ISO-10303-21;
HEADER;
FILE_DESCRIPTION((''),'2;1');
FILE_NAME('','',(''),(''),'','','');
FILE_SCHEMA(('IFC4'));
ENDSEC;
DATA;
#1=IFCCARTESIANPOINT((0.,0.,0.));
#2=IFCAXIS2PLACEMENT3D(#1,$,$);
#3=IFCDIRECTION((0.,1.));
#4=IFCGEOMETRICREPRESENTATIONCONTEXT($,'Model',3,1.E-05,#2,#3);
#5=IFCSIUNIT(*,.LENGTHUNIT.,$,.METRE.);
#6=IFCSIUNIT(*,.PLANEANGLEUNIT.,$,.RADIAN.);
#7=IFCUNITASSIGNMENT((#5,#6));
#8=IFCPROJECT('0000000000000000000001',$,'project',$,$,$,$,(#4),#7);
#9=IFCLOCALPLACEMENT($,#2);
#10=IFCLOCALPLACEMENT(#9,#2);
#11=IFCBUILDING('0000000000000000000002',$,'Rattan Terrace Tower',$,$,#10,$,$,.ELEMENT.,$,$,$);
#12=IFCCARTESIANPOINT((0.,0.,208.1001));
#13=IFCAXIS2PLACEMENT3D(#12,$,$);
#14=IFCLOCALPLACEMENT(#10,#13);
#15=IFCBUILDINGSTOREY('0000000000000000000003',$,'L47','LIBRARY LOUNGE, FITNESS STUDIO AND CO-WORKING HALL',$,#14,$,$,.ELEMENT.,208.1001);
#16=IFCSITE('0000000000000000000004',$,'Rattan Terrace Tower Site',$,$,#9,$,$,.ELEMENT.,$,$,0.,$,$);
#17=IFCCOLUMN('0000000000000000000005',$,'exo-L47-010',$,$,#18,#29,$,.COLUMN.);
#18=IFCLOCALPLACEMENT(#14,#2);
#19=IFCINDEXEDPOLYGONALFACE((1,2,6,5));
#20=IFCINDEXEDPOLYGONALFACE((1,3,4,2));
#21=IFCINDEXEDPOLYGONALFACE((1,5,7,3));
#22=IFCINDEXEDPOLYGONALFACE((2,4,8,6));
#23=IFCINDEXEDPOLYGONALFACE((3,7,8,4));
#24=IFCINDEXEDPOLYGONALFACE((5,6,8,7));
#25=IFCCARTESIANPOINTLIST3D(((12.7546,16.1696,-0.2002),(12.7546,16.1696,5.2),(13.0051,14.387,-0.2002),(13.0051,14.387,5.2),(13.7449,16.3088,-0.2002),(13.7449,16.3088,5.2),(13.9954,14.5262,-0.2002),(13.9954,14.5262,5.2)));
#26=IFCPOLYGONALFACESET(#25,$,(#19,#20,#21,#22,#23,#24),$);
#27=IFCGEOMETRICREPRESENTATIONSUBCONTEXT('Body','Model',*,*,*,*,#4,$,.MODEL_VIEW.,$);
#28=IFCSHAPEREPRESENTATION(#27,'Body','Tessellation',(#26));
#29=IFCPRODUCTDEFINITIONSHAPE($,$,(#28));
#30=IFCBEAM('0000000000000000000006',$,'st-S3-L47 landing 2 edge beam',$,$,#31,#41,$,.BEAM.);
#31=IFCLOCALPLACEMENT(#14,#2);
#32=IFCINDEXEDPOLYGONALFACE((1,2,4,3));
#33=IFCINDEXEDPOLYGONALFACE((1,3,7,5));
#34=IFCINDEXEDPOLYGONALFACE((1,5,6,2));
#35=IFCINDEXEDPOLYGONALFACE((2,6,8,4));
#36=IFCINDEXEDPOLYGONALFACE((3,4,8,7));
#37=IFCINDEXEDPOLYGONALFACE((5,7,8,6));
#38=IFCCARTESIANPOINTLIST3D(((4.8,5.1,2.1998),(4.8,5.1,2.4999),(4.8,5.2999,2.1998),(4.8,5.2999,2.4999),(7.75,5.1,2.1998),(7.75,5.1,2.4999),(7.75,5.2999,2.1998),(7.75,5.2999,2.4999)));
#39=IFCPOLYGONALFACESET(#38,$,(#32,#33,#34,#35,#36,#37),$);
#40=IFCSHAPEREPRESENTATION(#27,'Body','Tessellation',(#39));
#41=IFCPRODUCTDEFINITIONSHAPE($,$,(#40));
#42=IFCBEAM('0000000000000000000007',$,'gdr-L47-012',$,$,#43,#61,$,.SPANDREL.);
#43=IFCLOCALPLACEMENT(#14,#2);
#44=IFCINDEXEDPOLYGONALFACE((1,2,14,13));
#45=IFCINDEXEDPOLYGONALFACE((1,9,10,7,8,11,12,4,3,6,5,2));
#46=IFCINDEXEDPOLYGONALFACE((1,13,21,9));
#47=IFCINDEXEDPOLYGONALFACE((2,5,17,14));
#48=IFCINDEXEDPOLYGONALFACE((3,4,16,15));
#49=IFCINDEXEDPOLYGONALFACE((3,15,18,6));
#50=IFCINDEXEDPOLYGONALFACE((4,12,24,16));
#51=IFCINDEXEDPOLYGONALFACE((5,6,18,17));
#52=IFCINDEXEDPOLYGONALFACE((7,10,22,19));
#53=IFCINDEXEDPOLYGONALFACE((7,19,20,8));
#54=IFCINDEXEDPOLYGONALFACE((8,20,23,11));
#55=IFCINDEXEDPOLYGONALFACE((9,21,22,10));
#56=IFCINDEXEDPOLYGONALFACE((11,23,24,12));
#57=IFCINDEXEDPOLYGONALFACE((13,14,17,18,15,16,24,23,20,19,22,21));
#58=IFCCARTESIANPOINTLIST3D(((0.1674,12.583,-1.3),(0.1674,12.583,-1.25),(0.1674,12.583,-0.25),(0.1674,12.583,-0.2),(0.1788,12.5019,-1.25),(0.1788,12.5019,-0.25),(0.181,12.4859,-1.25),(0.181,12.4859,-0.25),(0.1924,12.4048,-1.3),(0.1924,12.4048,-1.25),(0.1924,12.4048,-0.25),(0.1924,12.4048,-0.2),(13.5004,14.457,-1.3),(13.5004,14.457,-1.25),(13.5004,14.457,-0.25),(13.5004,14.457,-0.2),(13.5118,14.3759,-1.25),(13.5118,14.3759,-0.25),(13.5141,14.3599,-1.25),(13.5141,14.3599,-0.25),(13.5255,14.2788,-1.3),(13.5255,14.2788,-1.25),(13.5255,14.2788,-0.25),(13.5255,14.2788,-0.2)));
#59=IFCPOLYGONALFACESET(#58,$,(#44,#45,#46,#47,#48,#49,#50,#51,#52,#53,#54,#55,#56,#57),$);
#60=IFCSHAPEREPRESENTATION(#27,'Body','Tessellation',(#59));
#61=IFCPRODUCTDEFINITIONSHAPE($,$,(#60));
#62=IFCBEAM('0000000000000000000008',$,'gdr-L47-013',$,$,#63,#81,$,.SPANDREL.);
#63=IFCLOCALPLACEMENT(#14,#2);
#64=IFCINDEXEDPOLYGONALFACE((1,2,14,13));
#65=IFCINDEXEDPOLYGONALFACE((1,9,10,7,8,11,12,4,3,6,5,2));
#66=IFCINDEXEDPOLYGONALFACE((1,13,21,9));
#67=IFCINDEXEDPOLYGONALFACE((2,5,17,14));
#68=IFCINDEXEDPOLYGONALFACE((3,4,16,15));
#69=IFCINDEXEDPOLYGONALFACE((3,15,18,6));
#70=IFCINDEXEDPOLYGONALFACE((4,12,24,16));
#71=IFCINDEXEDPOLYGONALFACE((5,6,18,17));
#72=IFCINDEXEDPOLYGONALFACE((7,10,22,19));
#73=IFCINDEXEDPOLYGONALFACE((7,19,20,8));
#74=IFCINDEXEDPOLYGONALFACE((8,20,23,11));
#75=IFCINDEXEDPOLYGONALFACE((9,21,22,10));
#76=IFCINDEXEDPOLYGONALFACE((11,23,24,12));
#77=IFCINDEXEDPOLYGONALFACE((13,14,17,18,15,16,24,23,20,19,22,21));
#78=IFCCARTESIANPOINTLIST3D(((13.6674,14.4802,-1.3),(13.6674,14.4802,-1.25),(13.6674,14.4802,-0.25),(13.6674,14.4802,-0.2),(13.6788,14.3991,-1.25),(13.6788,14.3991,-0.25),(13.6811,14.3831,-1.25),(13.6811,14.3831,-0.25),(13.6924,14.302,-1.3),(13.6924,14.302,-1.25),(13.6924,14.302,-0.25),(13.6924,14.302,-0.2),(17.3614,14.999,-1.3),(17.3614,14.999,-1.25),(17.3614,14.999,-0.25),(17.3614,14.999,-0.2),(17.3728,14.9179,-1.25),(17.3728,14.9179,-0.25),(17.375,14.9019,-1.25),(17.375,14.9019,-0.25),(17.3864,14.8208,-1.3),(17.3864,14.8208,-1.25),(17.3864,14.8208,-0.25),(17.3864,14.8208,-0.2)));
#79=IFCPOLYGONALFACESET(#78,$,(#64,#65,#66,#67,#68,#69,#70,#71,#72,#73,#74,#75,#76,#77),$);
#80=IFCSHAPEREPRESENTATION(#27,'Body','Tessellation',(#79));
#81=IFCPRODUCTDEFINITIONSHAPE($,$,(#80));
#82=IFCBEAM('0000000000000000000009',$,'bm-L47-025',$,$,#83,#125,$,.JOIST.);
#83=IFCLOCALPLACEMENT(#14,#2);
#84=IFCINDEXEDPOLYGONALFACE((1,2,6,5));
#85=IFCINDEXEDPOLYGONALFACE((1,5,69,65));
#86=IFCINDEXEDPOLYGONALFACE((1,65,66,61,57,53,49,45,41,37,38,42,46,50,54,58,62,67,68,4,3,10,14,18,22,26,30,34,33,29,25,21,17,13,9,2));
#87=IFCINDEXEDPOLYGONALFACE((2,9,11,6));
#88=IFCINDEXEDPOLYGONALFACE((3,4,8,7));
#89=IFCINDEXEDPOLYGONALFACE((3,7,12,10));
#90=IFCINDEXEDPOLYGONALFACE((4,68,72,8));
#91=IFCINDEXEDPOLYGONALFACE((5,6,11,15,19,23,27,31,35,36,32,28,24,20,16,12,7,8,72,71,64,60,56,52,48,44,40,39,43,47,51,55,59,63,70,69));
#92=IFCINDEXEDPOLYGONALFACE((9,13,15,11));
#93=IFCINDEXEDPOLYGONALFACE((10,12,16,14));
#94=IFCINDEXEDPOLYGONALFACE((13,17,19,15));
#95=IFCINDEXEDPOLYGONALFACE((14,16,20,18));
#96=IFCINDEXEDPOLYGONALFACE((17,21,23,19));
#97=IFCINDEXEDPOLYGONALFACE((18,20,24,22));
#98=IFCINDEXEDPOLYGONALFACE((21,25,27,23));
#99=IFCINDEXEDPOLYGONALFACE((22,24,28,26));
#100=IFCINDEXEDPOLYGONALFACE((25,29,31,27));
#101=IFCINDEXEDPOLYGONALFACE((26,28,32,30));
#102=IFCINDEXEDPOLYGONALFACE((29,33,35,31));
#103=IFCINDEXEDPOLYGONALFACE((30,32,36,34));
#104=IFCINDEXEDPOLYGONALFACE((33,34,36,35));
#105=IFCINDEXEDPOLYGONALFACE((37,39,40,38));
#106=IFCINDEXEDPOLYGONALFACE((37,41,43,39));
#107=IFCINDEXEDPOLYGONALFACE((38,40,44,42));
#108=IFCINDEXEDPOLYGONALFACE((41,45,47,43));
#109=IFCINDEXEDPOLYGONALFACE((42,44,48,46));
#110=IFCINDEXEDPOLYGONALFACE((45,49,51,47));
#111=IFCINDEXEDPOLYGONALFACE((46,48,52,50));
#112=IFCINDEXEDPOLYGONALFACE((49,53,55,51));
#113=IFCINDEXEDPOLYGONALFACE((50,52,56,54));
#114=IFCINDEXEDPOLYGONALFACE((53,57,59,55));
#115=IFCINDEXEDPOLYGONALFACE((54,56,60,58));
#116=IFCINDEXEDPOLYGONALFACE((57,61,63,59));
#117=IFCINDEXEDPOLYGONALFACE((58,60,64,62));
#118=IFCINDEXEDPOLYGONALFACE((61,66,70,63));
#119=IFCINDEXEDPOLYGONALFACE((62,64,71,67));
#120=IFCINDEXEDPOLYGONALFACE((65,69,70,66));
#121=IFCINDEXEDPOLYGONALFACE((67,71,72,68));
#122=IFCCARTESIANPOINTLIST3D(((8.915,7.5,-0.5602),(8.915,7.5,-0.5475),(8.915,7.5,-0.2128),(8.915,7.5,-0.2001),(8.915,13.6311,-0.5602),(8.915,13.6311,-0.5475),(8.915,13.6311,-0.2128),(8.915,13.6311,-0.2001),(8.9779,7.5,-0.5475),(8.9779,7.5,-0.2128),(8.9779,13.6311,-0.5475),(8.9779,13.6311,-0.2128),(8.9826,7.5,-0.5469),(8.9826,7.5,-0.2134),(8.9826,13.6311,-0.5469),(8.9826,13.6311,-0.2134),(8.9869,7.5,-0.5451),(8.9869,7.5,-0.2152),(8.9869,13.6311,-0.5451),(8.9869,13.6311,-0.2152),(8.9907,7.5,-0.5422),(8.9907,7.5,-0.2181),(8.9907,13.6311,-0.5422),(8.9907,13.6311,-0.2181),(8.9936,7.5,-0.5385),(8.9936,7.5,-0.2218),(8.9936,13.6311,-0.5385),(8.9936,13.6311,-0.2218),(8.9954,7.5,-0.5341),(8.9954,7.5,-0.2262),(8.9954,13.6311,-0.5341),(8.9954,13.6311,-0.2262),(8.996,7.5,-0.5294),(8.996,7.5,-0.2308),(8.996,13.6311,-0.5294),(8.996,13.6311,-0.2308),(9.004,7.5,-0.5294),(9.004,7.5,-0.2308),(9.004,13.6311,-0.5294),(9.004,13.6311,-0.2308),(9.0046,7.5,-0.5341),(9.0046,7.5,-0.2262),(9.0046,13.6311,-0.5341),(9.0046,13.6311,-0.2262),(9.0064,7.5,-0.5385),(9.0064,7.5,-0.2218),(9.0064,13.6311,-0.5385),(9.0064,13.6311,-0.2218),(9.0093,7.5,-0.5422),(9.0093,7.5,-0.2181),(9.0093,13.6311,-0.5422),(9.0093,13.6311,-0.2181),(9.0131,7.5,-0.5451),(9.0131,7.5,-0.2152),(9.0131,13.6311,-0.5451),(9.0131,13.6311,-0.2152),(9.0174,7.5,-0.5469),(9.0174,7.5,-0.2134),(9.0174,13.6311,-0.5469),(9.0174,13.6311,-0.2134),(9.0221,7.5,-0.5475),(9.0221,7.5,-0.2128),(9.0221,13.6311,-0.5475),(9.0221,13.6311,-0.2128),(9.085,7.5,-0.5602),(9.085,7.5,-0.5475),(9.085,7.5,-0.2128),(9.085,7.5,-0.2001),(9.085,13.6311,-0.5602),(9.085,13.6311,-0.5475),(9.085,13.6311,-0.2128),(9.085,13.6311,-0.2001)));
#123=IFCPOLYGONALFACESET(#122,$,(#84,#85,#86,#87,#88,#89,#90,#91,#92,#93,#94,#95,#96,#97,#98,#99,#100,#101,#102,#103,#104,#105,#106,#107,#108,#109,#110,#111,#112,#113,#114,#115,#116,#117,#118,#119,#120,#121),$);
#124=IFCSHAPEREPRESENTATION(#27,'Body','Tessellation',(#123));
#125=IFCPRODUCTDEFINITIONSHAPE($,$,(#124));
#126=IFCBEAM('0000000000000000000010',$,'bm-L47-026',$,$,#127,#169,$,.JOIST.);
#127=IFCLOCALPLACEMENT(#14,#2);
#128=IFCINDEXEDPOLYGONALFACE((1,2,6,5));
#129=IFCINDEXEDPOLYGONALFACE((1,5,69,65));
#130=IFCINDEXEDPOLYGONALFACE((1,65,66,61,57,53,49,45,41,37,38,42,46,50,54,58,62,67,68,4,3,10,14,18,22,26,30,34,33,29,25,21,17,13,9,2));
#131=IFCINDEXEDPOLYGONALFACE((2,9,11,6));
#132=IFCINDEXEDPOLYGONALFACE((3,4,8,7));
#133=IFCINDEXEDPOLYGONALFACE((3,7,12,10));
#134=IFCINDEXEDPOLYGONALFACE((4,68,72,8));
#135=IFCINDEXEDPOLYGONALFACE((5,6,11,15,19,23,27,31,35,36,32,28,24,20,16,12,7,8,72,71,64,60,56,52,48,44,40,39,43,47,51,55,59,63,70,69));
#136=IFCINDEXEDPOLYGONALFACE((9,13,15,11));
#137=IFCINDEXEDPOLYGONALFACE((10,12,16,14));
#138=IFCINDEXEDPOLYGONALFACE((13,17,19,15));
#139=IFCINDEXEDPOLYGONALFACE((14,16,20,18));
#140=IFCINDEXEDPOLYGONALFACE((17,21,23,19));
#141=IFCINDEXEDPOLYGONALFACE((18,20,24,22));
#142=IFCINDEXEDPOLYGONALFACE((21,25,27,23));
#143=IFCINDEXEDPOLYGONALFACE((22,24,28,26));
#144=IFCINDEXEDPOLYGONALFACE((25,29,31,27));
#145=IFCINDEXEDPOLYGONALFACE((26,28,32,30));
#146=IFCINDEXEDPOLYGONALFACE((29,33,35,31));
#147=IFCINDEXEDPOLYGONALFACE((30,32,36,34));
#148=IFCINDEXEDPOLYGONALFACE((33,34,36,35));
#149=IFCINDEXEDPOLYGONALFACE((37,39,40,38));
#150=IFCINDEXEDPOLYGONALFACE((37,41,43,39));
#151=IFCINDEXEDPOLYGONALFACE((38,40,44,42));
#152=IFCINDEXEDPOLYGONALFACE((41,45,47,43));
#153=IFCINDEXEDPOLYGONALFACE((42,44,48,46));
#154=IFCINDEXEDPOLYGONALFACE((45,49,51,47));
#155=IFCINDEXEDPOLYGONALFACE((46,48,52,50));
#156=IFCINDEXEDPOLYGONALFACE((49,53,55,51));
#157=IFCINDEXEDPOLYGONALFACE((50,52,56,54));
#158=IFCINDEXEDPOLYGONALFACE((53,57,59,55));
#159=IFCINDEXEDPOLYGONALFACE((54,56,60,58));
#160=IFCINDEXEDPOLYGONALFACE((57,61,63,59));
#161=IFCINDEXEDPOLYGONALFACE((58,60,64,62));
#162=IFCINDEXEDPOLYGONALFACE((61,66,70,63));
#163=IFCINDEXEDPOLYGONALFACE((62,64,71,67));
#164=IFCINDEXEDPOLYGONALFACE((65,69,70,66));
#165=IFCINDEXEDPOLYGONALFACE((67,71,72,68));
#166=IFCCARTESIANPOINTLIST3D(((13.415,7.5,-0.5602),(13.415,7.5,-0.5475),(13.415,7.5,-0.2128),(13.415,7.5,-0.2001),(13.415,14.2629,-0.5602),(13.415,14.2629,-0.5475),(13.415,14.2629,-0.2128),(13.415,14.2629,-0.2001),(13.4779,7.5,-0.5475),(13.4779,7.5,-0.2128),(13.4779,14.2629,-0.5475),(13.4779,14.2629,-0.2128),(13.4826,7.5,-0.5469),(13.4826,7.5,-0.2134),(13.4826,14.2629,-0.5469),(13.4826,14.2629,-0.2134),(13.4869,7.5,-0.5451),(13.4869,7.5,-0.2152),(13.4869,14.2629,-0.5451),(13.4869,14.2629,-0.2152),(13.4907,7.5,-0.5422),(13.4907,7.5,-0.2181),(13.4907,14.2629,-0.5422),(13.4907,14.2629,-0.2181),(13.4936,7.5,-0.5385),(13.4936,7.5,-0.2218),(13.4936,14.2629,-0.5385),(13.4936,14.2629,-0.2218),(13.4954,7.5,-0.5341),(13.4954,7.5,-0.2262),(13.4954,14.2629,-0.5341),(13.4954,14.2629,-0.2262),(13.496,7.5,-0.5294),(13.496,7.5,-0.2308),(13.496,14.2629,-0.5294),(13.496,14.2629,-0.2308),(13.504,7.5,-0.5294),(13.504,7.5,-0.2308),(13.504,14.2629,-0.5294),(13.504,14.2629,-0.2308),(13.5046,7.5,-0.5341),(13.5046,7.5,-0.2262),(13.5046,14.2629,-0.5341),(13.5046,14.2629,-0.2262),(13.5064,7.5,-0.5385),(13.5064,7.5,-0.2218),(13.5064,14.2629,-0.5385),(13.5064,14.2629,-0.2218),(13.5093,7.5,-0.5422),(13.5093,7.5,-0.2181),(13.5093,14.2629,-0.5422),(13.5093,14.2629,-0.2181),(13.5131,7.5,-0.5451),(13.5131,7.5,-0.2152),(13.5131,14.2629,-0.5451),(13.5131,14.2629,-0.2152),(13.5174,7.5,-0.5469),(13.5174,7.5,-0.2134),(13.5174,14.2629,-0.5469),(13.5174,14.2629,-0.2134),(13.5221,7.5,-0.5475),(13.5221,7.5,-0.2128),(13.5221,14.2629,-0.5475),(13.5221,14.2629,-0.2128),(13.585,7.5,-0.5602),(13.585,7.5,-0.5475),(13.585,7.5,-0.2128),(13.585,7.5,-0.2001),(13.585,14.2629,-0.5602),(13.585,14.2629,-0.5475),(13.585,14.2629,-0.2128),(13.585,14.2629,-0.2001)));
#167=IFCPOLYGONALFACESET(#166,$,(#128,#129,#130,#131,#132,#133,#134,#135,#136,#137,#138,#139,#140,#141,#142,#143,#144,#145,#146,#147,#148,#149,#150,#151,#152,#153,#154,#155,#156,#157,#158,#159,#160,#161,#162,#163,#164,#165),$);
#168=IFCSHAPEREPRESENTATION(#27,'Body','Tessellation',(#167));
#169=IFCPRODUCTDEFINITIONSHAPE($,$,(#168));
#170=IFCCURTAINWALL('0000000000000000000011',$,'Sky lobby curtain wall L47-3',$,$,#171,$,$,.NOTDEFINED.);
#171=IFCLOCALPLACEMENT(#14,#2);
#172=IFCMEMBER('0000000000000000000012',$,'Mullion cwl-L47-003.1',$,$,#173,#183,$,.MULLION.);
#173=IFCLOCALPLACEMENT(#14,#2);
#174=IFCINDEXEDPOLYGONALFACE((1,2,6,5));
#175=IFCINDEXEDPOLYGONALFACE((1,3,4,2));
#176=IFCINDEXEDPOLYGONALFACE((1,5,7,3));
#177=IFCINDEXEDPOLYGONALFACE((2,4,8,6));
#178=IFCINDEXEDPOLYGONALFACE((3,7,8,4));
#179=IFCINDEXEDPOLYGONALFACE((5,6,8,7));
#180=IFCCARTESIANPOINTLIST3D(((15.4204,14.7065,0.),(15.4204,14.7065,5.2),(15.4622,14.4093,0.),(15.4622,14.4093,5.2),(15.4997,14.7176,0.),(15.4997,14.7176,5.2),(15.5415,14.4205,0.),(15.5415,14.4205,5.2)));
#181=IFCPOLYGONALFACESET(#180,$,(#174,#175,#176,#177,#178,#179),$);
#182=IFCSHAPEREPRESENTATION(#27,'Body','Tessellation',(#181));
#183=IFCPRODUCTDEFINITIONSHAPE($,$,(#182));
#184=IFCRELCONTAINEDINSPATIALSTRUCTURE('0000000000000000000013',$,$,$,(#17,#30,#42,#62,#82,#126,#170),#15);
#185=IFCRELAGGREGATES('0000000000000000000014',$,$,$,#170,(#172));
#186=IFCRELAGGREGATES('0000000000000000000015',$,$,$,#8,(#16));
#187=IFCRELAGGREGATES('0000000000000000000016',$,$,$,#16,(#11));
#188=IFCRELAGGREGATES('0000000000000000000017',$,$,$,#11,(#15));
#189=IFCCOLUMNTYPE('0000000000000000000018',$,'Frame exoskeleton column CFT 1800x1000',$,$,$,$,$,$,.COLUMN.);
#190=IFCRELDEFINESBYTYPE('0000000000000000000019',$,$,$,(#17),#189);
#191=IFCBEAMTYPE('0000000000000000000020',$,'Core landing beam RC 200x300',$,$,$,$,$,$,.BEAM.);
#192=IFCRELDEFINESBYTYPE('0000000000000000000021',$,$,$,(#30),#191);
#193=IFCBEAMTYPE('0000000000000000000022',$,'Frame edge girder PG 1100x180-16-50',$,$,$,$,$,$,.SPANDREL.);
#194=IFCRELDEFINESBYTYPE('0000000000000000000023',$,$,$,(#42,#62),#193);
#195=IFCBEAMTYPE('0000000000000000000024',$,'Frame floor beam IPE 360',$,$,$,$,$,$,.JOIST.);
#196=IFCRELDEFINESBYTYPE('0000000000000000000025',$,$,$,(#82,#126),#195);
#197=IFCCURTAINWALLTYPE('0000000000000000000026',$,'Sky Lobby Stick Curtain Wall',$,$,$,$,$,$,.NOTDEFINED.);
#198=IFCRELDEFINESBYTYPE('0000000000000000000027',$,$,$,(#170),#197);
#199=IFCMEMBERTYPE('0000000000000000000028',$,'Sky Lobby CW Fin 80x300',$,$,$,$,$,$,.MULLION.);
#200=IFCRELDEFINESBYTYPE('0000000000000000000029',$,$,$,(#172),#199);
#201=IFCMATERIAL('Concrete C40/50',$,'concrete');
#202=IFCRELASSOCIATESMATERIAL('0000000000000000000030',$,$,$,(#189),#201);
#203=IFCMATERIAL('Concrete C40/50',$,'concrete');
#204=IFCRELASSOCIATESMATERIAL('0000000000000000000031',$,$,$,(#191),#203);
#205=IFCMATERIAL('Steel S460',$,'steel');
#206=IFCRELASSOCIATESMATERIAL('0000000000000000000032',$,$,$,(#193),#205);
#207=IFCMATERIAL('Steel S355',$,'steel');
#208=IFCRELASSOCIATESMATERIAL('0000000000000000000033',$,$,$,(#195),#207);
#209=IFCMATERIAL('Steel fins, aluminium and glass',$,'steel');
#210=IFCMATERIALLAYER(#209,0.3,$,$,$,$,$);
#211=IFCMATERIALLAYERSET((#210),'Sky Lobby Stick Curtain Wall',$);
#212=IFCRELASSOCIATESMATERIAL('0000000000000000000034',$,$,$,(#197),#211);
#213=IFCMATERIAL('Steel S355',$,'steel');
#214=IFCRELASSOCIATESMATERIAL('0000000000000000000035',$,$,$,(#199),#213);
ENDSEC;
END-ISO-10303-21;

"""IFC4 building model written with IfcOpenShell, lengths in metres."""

from ifc_helpers import new_model, si_unit, direction, frame, origin, origin_2d, place, context, subcontext, project, spatial, rectangle, i_section, extrude, material, layer, layer_set, material_profile, profile_set, type_object, element, aggregate, save


model = new_model("IFC4")

# Units and contexts
model_context = context("Model", 3, precision=1e-05, world=origin(), true_north=direction((0.0, 1.0)))
body_context = subcontext(model_context, "Body", "Model", "MODEL_VIEW")
ifc_project = project(units=[si_unit("LENGTHUNIT", "METRE"), si_unit("PLANEANGLEUNIT", "RADIAN")], contexts=[model_context])

# Site, building, storey
site_placement = place(None, origin())
site = spatial("IfcSite", under=ifc_project, at=site_placement, Name="Rattan Terrace Tower Site", CompositionType="ELEMENT", RefElevation=0.0)
building_placement = place(site_placement, origin())
building = spatial("IfcBuilding", under=site, at=building_placement, Name="Rattan Terrace Tower", CompositionType="ELEMENT")
storey_placement = place(building_placement, frame((0.0, 0.0, 208.1001)))
storey = spatial("IfcBuildingStorey", under=building, at=storey_placement, Name="L47", Description="LIBRARY LOUNGE, FITNESS STUDIO AND CO-WORKING HALL", CompositionType="ELEMENT", Elevation=208.1001)

# Column
ifc_material_1 = material(Name="Concrete C40/50", Category="concrete")
ifc_material_profile_1 = material_profile(ifc_material_1, rectangle(XDim=1.0, YDim=1.8, at=origin_2d()), Name="CFT 1800x1000")
ifc_profile_set_1 = profile_set([ifc_material_profile_1], Name="Concrete C40/50")
column_type = type_object("IfcColumnType", Name="Frame exoskeleton column CFT 1800x1000", PredefinedType="COLUMN", material=ifc_profile_set_1)
column_placement = place(storey_placement, frame((13.375, 15.3479, -0.2002), z_axis=(0.0, 0.0, 1.0), x_axis=(0.990268, 0.139173, 0.0)))
element("IfcColumn", 1, at=column_placement, inside=storey, type_object=column_type, Name="exo-L47-010", PredefinedType="COLUMN", context=body_context, shape_type="SweptSolid", body=[
    extrude(rectangle(XDim=1.0, YDim=1.8, at=origin_2d()), origin(), (0.0, 0.0, 1.0), 5.4001),
])

# Beams
ifc_material_2 = material(Name="Concrete C40/50", Category="concrete")
ifc_material_profile_2 = material_profile(ifc_material_2, rectangle(XDim=0.2, YDim=0.3, at=origin_2d()), Name="RC 200x300")
ifc_profile_set_2 = profile_set([ifc_material_profile_2], Name="Concrete C40/50")
beam_type_1 = type_object("IfcBeamType", Name="Core landing beam RC 200x300", PredefinedType="BEAM", material=ifc_profile_set_2)
beam_1_placement = place(storey_placement, frame((4.8, 5.2, 2.3499), z_axis=(1.0, 0.0, 0.0), x_axis=(0.0, 1.0, 0.0)))
element("IfcBeam", 2, at=beam_1_placement, inside=storey, type_object=beam_type_1, Name="st-S3-L47 landing 2 edge beam", PredefinedType="BEAM", context=body_context, shape_type="SweptSolid", body=[
    extrude(rectangle(XDim=0.2, YDim=0.3, at=origin_2d()), origin(), (0.0, 0.0, 1.0), 2.95),
])
ifc_material_3 = material(Name="Steel S460", Category="steel")
ifc_material_profile_3 = material_profile(ifc_material_3, i_section(OverallWidth=0.1799, OverallDepth=1.1001, WebThickness=0.0161, FlangeThickness=0.05, at=origin_2d()), Name="PG 1100x180-16-50")
ifc_profile_set_3 = profile_set([ifc_material_profile_3], Name="Steel S460")
beam_type_2 = type_object("IfcBeamType", Name="Frame edge girder PG 1100x180-16-50", PredefinedType="SPANDREL", material=ifc_profile_set_3)
beam_2_placement = place(storey_placement, frame((13.5129, 14.3679, -0.75), z_axis=(-0.990266, -0.139187, 0.0), x_axis=(0.139187, -0.990266, 0.0)))
element("IfcBeam", 3, at=beam_2_placement, inside=storey, type_object=beam_type_2, Name="gdr-L47-012", PredefinedType="SPANDREL", context=body_context, shape_type="SweptSolid", body=[
    extrude(i_section(OverallWidth=0.1799, OverallDepth=1.1001, WebThickness=0.0161, FlangeThickness=0.05, at=origin_2d()), origin(), (0.0, 0.0, 1.0), 13.4641),
])
beam_3_placement = place(storey_placement, frame((13.6799, 14.3911, -0.75), z_axis=(0.990282, 0.139075, 0.0), x_axis=(-0.139075, 0.990282, 0.0)))
element("IfcBeam", 4, at=beam_3_placement, inside=storey, type_object=beam_type_2, Name="gdr-L47-013", PredefinedType="SPANDREL", context=body_context, shape_type="SweptSolid", body=[
    extrude(i_section(OverallWidth=0.1799, OverallDepth=1.1001, WebThickness=0.0161, FlangeThickness=0.05, at=origin_2d()), origin(), (0.0, 0.0, 1.0), 3.7302),
])
ifc_material_4 = material(Name="Steel S355", Category="steel")
ifc_material_profile_4 = material_profile(ifc_material_4, i_section(OverallWidth=0.1699, OverallDepth=0.3601, WebThickness=0.0081, FlangeThickness=0.0127, FilletRadius=0.0181, at=origin_2d()), Name="IPE 360")
ifc_profile_set_4 = profile_set([ifc_material_profile_4], Name="Steel S355")
beam_type_3 = type_object("IfcBeamType", Name="Frame floor beam IPE 360", PredefinedType="JOIST", material=ifc_profile_set_4)
beam_4_placement = place(storey_placement, frame((9.0, 7.5, -0.3801), z_axis=(0.0, 1.0, 0.0), x_axis=(-1.0, 0.0, 0.0)))
element("IfcBeam", 5, at=beam_4_placement, inside=storey, type_object=beam_type_3, Name="bm-L47-025", PredefinedType="JOIST", context=body_context, shape_type="SweptSolid", body=[
    extrude(i_section(OverallWidth=0.1699, OverallDepth=0.3601, WebThickness=0.0081, FlangeThickness=0.0127, FilletRadius=0.0181, at=origin_2d()), origin(), (0.0, 0.0, 1.0), 6.1311),
])
beam_5_placement = place(storey_placement, frame((13.5, 7.5, -0.3801), z_axis=(0.0, 1.0, 0.0), x_axis=(-1.0, 0.0, 0.0)))
element("IfcBeam", 6, at=beam_5_placement, inside=storey, type_object=beam_type_3, Name="bm-L47-026", PredefinedType="JOIST", context=body_context, shape_type="SweptSolid", body=[
    extrude(i_section(OverallWidth=0.1699, OverallDepth=0.3601, WebThickness=0.0081, FlangeThickness=0.0127, FilletRadius=0.0181, at=origin_2d()), origin(), (0.0, 0.0, 1.0), 6.7629),
])

# Curtain wall, member
ifc_material_5 = material(Name="Steel fins, aluminium and glass", Category="steel")
ifc_layer_1 = layer(ifc_material_5, 0.3)
ifc_layer_set_1 = layer_set([ifc_layer_1], Name="Sky Lobby Stick Curtain Wall")
curtain_wall_type = type_object("IfcCurtainWallType", Name="Sky Lobby Stick Curtain Wall", PredefinedType="NOTDEFINED", material=ifc_layer_set_1)
curtain_wall_placement = place(storey_placement, origin())
curtain_wall = element("IfcCurtainWall", 7, at=curtain_wall_placement, inside=storey, type_object=curtain_wall_type, Name="Sky lobby curtain wall L47-3", PredefinedType="NOTDEFINED")
ifc_material_6 = material(Name="Steel S355", Category="steel")
ifc_material_profile_5 = material_profile(ifc_material_6, rectangle(XDim=0.0801, YDim=0.3, at=origin_2d()), Name="Steel S355 80x300")
ifc_profile_set_5 = profile_set([ifc_material_profile_5], Name="Steel S355")
member_type_1 = type_object("IfcMemberType", Name="Sky Lobby CW Fin 80x300", PredefinedType="MULLION", material=ifc_profile_set_5)
member_1_placement = place(storey_placement, frame((15.481, 14.5635, 0.0), z_axis=(0.0, 0.0, 1.0), x_axis=(-0.990267, -0.139177, 0.0)))
member_1 = element("IfcMember", 8, at=member_1_placement, type_object=member_type_1, Name="Mullion cwl-L47-003.1", PredefinedType="MULLION", context=body_context, shape_type="SweptSolid", body=[
    extrude(rectangle(XDim=0.0801, YDim=0.3, at=origin_2d()), origin(), (0.0, 0.0, 1.0), 5.2),
])
aggregate(curtain_wall, [member_1])

save(model, "model.ifc")
